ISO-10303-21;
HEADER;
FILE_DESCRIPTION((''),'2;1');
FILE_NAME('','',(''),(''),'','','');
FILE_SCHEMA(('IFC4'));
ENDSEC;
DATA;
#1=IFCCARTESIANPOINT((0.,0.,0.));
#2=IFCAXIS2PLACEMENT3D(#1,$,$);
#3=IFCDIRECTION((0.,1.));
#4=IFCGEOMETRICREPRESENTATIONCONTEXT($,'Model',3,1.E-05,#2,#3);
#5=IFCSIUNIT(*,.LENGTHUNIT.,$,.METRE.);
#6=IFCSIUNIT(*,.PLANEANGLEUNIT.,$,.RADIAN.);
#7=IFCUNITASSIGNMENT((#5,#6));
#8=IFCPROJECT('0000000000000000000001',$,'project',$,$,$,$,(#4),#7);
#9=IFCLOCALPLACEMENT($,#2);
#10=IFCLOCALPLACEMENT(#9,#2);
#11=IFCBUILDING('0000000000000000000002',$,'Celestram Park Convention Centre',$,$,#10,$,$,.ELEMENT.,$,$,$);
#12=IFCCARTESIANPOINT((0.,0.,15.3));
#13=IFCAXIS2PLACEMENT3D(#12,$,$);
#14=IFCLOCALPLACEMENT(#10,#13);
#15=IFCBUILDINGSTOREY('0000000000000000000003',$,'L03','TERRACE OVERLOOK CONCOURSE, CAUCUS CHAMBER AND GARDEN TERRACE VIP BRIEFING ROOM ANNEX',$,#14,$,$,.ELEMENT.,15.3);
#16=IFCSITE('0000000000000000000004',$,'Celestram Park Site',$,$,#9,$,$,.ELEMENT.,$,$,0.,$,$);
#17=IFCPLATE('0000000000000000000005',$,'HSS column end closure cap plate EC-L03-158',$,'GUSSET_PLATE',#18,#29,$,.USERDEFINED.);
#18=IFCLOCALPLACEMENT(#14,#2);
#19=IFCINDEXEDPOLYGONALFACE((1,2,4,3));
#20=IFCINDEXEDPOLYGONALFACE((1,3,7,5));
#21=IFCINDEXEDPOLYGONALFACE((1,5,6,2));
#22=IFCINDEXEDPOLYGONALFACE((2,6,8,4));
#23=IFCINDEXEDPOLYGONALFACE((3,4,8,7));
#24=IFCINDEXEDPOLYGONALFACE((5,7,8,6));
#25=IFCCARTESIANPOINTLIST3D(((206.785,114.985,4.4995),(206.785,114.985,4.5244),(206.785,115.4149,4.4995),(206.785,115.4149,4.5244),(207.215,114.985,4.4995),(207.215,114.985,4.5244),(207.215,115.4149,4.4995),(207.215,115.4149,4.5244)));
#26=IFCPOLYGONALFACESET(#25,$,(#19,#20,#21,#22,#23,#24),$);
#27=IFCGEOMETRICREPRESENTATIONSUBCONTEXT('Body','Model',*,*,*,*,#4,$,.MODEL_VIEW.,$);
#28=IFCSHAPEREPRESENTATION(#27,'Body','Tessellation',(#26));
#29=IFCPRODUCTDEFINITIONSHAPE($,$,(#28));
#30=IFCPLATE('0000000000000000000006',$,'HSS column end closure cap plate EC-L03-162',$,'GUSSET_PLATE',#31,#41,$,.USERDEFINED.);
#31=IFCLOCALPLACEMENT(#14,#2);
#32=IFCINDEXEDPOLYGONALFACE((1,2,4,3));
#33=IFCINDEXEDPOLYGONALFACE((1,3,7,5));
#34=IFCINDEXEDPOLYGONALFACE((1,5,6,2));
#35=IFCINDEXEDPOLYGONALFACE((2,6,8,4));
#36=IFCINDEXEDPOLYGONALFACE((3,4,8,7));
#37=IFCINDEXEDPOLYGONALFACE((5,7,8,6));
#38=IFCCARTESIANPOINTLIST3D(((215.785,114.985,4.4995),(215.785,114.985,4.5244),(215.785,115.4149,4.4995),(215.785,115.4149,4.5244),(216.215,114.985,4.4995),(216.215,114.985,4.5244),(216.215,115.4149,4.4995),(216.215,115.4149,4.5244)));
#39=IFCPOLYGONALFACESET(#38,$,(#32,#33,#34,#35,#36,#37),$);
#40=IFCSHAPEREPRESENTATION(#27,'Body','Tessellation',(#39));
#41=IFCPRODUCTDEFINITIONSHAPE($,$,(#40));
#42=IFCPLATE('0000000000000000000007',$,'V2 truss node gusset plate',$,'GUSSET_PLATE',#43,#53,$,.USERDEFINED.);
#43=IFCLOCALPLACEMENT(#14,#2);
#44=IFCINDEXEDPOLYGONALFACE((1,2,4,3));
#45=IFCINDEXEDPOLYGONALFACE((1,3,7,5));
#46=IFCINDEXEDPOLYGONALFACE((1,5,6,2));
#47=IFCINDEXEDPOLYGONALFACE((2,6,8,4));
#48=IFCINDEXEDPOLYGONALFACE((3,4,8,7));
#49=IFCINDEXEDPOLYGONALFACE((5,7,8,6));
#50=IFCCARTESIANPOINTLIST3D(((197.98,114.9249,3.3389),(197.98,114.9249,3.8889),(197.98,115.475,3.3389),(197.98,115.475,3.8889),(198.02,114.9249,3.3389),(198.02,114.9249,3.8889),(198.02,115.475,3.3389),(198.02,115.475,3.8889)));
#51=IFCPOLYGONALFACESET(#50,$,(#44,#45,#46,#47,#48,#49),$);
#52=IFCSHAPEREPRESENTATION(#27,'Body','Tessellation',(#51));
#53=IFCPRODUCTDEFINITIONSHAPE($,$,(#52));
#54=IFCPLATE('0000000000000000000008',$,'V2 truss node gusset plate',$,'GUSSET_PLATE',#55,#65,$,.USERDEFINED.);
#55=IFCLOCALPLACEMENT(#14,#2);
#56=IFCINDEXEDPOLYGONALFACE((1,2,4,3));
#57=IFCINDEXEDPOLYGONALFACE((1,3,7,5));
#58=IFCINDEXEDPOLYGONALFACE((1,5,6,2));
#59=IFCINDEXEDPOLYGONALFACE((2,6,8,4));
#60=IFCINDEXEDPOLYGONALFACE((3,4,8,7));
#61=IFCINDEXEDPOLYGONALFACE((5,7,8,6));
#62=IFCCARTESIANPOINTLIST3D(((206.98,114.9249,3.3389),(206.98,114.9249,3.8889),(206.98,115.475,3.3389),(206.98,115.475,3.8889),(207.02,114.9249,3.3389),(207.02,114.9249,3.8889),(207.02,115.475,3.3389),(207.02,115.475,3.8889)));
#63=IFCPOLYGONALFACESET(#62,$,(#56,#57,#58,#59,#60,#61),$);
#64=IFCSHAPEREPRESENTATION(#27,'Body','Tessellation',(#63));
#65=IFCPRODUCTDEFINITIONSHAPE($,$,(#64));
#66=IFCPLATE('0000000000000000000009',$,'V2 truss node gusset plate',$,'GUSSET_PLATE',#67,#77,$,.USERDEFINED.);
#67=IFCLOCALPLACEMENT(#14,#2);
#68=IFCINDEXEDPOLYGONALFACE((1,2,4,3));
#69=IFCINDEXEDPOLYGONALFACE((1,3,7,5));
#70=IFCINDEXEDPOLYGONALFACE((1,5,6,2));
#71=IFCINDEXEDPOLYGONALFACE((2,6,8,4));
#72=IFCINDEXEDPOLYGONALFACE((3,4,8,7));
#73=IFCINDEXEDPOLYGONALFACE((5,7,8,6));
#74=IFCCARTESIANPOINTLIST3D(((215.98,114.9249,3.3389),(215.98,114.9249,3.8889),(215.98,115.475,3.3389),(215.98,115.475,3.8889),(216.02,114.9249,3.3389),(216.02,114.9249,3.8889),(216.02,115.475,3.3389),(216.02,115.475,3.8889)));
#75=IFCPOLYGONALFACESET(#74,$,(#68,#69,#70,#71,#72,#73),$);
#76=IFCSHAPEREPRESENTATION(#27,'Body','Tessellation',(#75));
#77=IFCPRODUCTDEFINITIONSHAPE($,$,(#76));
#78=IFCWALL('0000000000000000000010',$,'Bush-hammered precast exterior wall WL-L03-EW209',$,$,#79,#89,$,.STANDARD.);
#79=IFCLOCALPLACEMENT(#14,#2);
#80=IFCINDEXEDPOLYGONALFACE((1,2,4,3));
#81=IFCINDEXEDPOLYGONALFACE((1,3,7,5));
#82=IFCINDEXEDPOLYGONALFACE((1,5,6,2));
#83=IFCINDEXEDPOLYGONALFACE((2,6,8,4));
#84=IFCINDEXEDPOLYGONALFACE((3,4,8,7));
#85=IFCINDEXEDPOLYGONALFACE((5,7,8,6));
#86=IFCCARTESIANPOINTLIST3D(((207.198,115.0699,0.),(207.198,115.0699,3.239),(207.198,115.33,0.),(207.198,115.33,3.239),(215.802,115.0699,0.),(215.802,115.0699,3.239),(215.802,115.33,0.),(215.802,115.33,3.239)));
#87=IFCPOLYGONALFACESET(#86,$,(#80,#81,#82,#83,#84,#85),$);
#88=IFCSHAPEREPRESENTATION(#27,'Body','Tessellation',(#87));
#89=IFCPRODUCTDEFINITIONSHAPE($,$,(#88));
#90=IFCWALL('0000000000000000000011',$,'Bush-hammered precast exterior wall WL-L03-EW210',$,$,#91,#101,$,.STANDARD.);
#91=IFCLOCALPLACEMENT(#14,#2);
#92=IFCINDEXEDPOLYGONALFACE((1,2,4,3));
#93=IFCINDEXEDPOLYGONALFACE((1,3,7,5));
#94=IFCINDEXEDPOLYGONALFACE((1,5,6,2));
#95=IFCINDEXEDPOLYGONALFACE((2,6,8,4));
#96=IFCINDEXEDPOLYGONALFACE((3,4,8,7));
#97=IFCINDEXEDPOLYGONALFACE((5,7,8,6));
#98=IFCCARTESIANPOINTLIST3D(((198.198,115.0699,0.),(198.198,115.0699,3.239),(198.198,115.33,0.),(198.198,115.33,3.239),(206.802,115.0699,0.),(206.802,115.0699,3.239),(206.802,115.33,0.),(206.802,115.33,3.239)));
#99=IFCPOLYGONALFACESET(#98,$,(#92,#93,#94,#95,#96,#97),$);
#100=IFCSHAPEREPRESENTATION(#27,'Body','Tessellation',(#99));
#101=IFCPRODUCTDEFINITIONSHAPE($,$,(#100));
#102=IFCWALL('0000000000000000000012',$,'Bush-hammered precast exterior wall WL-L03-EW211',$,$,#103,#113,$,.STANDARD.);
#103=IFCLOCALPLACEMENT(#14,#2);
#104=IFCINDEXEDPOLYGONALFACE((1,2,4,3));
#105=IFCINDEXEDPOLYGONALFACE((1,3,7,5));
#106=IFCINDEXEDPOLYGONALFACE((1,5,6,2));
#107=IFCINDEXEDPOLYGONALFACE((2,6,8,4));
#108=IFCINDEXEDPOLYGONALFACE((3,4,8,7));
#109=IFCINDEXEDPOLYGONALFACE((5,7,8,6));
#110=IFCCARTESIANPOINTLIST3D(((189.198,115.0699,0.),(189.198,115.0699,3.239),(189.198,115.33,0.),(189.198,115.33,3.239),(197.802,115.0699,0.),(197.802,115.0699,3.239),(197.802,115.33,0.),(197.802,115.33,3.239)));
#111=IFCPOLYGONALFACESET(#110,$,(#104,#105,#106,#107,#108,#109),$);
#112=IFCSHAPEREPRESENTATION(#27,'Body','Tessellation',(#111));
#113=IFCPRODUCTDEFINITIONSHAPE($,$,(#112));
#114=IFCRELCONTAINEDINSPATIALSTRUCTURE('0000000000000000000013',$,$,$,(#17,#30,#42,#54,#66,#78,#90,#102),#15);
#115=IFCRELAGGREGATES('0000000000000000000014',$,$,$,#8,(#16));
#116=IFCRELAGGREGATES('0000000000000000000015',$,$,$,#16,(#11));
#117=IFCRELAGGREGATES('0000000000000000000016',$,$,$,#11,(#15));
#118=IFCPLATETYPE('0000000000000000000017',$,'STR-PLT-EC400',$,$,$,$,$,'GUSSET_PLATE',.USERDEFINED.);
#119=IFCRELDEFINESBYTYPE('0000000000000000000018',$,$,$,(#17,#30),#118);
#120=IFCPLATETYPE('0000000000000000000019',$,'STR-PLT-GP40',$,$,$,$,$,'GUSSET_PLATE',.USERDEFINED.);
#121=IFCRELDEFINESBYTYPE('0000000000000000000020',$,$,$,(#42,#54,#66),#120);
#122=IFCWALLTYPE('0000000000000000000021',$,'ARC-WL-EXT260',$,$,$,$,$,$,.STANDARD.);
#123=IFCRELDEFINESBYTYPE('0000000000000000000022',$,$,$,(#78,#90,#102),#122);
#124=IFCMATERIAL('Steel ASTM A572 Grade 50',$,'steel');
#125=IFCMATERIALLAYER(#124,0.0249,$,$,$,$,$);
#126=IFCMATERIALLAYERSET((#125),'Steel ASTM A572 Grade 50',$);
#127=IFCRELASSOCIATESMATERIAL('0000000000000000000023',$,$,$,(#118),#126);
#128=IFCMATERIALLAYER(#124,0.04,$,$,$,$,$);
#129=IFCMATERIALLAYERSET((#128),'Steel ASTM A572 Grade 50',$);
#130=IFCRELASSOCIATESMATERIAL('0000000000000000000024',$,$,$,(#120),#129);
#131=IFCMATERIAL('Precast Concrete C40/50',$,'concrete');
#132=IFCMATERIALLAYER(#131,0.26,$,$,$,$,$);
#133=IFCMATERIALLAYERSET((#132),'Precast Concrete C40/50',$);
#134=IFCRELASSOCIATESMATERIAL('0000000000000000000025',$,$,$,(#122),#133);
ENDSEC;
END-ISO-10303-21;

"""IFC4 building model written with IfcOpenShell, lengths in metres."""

from ifc_helpers import new_model, si_unit, direction, frame, frame_2d, origin, origin_2d, place, context, subcontext, project, spatial, rectangle, extrude, material, layer, layer_set, type_object, element, save


model = new_model("IFC4")

# Units and contexts
model_context = context("Model", 3, precision=1e-05, world=origin(), true_north=direction((0.0, 1.0)))
body_context = subcontext(model_context, "Body", "Model", "MODEL_VIEW")
ifc_project = project(units=[si_unit("LENGTHUNIT", "METRE"), si_unit("PLANEANGLEUNIT", "RADIAN")], contexts=[model_context])

# Site, building, storey
site_placement = place(None, origin())
site = spatial("IfcSite", under=ifc_project, at=site_placement, Name="Celestram Park Site", CompositionType="ELEMENT", RefElevation=0.0)
building_placement = place(site_placement, origin())
building = spatial("IfcBuilding", under=site, at=building_placement, Name="Celestram Park Convention Centre", CompositionType="ELEMENT")
storey_placement = place(building_placement, frame((0.0, 0.0, 15.3)))
storey = spatial("IfcBuildingStorey", under=building, at=storey_placement, Name="L03", Description="TERRACE OVERLOOK CONCOURSE, CAUCUS CHAMBER AND GARDEN TERRACE VIP BRIEFING ROOM ANNEX", CompositionType="ELEMENT", Elevation=15.3)

# Plates
ifc_material_1 = material(Name="Steel ASTM A572 Grade 50", Category="steel")
ifc_layer_1 = layer(ifc_material_1, 0.0249)
ifc_layer_set_1 = layer_set([ifc_layer_1], Name="Steel ASTM A572 Grade 50")
plate_type_1 = type_object("IfcPlateType", Name="STR-PLT-EC400", ElementType="GUSSET_PLATE", PredefinedType="USERDEFINED", material=ifc_layer_set_1)
for number, where, z_axis, x_axis, name in (
    (1, (207.0, 115.2, 4.4995), (0.0, 0.0, 1.0), (1.0, 0.0, 0.0), "HSS column end closure cap plate EC-L03-158"),
    (2, (216.0, 115.2, 4.4995), (0.0, 0.0, 1.0), (1.0, 0.0, 0.0), "HSS column end closure cap plate EC-L03-162"),
):
    element("IfcPlate", number, at=place(storey_placement, frame(where, z_axis=z_axis, x_axis=x_axis)), inside=storey, type_object=plate_type_1, Name=name, ObjectType="GUSSET_PLATE", PredefinedType="USERDEFINED", context=body_context, shape_type="SweptSolid", body=[
        extrude(rectangle(XDim=0.4299, YDim=0.4299, at=origin_2d()), origin(), (0.0, 0.0, 1.0), 0.0249),
    ])
ifc_layer_2 = layer(ifc_material_1, 0.04)
ifc_layer_set_2 = layer_set([ifc_layer_2], Name="Steel ASTM A572 Grade 50")
plate_type_2 = type_object("IfcPlateType", Name="STR-PLT-GP40", ElementType="GUSSET_PLATE", PredefinedType="USERDEFINED", material=ifc_layer_set_2)
for number, where, z_axis, x_axis, name in (
    (3, (198.0, 115.2, 3.3389), (0.0, 0.0, 1.0), (0.0, 1.0, 0.0), "V2 truss node gusset plate"),
    (4, (207.0, 115.2, 3.3389), (0.0, 0.0, 1.0), (0.0, 1.0, 0.0), "V2 truss node gusset plate"),
    (5, (216.0, 115.2, 3.3389), (0.0, 0.0, 1.0), (0.0, 1.0, 0.0), "V2 truss node gusset plate"),
):
    element("IfcPlate", number, at=place(storey_placement, frame(where, z_axis=z_axis, x_axis=x_axis)), inside=storey, type_object=plate_type_2, Name=name, ObjectType="GUSSET_PLATE", PredefinedType="USERDEFINED", context=body_context, shape_type="SweptSolid", body=[
        extrude(rectangle(XDim=0.55, YDim=0.04, at=origin_2d()), origin(), (0.0, 0.0, 1.0), 0.55),
    ])

# Walls
ifc_material_2 = material(Name="Precast Concrete C40/50", Category="concrete")
ifc_layer_3 = layer(ifc_material_2, 0.26)
ifc_layer_set_3 = layer_set([ifc_layer_3], Name="Precast Concrete C40/50")
wall_type = type_object("IfcWallType", Name="ARC-WL-EXT260", PredefinedType="STANDARD", material=ifc_layer_set_3)
for number, where, z_axis, x_axis, name in (
    (6, (215.802, 115.2, 0.0), (0.0, 0.0, 1.0), (-1.0, 0.0, 0.0), "Bush-hammered precast exterior wall WL-L03-EW209"),
    (7, (206.802, 115.2, 0.0), (0.0, 0.0, 1.0), (-1.0, 0.0, 0.0), "Bush-hammered precast exterior wall WL-L03-EW210"),
    (8, (197.802, 115.2, 0.0), (0.0, 0.0, 1.0), (-1.0, 0.0, 0.0), "Bush-hammered precast exterior wall WL-L03-EW211"),
):
    element("IfcWall", number, at=place(storey_placement, frame(where, z_axis=z_axis, x_axis=x_axis)), inside=storey, type_object=wall_type, Name=name, PredefinedType="STANDARD", context=body_context, shape_type="SweptSolid", body=[
        extrude(rectangle(XDim=8.604, YDim=0.26, at=frame_2d((4.302, 0.0))), origin(), (0.0, 0.0, 1.0), 3.239),
    ])

save(model, "model.ifc")
